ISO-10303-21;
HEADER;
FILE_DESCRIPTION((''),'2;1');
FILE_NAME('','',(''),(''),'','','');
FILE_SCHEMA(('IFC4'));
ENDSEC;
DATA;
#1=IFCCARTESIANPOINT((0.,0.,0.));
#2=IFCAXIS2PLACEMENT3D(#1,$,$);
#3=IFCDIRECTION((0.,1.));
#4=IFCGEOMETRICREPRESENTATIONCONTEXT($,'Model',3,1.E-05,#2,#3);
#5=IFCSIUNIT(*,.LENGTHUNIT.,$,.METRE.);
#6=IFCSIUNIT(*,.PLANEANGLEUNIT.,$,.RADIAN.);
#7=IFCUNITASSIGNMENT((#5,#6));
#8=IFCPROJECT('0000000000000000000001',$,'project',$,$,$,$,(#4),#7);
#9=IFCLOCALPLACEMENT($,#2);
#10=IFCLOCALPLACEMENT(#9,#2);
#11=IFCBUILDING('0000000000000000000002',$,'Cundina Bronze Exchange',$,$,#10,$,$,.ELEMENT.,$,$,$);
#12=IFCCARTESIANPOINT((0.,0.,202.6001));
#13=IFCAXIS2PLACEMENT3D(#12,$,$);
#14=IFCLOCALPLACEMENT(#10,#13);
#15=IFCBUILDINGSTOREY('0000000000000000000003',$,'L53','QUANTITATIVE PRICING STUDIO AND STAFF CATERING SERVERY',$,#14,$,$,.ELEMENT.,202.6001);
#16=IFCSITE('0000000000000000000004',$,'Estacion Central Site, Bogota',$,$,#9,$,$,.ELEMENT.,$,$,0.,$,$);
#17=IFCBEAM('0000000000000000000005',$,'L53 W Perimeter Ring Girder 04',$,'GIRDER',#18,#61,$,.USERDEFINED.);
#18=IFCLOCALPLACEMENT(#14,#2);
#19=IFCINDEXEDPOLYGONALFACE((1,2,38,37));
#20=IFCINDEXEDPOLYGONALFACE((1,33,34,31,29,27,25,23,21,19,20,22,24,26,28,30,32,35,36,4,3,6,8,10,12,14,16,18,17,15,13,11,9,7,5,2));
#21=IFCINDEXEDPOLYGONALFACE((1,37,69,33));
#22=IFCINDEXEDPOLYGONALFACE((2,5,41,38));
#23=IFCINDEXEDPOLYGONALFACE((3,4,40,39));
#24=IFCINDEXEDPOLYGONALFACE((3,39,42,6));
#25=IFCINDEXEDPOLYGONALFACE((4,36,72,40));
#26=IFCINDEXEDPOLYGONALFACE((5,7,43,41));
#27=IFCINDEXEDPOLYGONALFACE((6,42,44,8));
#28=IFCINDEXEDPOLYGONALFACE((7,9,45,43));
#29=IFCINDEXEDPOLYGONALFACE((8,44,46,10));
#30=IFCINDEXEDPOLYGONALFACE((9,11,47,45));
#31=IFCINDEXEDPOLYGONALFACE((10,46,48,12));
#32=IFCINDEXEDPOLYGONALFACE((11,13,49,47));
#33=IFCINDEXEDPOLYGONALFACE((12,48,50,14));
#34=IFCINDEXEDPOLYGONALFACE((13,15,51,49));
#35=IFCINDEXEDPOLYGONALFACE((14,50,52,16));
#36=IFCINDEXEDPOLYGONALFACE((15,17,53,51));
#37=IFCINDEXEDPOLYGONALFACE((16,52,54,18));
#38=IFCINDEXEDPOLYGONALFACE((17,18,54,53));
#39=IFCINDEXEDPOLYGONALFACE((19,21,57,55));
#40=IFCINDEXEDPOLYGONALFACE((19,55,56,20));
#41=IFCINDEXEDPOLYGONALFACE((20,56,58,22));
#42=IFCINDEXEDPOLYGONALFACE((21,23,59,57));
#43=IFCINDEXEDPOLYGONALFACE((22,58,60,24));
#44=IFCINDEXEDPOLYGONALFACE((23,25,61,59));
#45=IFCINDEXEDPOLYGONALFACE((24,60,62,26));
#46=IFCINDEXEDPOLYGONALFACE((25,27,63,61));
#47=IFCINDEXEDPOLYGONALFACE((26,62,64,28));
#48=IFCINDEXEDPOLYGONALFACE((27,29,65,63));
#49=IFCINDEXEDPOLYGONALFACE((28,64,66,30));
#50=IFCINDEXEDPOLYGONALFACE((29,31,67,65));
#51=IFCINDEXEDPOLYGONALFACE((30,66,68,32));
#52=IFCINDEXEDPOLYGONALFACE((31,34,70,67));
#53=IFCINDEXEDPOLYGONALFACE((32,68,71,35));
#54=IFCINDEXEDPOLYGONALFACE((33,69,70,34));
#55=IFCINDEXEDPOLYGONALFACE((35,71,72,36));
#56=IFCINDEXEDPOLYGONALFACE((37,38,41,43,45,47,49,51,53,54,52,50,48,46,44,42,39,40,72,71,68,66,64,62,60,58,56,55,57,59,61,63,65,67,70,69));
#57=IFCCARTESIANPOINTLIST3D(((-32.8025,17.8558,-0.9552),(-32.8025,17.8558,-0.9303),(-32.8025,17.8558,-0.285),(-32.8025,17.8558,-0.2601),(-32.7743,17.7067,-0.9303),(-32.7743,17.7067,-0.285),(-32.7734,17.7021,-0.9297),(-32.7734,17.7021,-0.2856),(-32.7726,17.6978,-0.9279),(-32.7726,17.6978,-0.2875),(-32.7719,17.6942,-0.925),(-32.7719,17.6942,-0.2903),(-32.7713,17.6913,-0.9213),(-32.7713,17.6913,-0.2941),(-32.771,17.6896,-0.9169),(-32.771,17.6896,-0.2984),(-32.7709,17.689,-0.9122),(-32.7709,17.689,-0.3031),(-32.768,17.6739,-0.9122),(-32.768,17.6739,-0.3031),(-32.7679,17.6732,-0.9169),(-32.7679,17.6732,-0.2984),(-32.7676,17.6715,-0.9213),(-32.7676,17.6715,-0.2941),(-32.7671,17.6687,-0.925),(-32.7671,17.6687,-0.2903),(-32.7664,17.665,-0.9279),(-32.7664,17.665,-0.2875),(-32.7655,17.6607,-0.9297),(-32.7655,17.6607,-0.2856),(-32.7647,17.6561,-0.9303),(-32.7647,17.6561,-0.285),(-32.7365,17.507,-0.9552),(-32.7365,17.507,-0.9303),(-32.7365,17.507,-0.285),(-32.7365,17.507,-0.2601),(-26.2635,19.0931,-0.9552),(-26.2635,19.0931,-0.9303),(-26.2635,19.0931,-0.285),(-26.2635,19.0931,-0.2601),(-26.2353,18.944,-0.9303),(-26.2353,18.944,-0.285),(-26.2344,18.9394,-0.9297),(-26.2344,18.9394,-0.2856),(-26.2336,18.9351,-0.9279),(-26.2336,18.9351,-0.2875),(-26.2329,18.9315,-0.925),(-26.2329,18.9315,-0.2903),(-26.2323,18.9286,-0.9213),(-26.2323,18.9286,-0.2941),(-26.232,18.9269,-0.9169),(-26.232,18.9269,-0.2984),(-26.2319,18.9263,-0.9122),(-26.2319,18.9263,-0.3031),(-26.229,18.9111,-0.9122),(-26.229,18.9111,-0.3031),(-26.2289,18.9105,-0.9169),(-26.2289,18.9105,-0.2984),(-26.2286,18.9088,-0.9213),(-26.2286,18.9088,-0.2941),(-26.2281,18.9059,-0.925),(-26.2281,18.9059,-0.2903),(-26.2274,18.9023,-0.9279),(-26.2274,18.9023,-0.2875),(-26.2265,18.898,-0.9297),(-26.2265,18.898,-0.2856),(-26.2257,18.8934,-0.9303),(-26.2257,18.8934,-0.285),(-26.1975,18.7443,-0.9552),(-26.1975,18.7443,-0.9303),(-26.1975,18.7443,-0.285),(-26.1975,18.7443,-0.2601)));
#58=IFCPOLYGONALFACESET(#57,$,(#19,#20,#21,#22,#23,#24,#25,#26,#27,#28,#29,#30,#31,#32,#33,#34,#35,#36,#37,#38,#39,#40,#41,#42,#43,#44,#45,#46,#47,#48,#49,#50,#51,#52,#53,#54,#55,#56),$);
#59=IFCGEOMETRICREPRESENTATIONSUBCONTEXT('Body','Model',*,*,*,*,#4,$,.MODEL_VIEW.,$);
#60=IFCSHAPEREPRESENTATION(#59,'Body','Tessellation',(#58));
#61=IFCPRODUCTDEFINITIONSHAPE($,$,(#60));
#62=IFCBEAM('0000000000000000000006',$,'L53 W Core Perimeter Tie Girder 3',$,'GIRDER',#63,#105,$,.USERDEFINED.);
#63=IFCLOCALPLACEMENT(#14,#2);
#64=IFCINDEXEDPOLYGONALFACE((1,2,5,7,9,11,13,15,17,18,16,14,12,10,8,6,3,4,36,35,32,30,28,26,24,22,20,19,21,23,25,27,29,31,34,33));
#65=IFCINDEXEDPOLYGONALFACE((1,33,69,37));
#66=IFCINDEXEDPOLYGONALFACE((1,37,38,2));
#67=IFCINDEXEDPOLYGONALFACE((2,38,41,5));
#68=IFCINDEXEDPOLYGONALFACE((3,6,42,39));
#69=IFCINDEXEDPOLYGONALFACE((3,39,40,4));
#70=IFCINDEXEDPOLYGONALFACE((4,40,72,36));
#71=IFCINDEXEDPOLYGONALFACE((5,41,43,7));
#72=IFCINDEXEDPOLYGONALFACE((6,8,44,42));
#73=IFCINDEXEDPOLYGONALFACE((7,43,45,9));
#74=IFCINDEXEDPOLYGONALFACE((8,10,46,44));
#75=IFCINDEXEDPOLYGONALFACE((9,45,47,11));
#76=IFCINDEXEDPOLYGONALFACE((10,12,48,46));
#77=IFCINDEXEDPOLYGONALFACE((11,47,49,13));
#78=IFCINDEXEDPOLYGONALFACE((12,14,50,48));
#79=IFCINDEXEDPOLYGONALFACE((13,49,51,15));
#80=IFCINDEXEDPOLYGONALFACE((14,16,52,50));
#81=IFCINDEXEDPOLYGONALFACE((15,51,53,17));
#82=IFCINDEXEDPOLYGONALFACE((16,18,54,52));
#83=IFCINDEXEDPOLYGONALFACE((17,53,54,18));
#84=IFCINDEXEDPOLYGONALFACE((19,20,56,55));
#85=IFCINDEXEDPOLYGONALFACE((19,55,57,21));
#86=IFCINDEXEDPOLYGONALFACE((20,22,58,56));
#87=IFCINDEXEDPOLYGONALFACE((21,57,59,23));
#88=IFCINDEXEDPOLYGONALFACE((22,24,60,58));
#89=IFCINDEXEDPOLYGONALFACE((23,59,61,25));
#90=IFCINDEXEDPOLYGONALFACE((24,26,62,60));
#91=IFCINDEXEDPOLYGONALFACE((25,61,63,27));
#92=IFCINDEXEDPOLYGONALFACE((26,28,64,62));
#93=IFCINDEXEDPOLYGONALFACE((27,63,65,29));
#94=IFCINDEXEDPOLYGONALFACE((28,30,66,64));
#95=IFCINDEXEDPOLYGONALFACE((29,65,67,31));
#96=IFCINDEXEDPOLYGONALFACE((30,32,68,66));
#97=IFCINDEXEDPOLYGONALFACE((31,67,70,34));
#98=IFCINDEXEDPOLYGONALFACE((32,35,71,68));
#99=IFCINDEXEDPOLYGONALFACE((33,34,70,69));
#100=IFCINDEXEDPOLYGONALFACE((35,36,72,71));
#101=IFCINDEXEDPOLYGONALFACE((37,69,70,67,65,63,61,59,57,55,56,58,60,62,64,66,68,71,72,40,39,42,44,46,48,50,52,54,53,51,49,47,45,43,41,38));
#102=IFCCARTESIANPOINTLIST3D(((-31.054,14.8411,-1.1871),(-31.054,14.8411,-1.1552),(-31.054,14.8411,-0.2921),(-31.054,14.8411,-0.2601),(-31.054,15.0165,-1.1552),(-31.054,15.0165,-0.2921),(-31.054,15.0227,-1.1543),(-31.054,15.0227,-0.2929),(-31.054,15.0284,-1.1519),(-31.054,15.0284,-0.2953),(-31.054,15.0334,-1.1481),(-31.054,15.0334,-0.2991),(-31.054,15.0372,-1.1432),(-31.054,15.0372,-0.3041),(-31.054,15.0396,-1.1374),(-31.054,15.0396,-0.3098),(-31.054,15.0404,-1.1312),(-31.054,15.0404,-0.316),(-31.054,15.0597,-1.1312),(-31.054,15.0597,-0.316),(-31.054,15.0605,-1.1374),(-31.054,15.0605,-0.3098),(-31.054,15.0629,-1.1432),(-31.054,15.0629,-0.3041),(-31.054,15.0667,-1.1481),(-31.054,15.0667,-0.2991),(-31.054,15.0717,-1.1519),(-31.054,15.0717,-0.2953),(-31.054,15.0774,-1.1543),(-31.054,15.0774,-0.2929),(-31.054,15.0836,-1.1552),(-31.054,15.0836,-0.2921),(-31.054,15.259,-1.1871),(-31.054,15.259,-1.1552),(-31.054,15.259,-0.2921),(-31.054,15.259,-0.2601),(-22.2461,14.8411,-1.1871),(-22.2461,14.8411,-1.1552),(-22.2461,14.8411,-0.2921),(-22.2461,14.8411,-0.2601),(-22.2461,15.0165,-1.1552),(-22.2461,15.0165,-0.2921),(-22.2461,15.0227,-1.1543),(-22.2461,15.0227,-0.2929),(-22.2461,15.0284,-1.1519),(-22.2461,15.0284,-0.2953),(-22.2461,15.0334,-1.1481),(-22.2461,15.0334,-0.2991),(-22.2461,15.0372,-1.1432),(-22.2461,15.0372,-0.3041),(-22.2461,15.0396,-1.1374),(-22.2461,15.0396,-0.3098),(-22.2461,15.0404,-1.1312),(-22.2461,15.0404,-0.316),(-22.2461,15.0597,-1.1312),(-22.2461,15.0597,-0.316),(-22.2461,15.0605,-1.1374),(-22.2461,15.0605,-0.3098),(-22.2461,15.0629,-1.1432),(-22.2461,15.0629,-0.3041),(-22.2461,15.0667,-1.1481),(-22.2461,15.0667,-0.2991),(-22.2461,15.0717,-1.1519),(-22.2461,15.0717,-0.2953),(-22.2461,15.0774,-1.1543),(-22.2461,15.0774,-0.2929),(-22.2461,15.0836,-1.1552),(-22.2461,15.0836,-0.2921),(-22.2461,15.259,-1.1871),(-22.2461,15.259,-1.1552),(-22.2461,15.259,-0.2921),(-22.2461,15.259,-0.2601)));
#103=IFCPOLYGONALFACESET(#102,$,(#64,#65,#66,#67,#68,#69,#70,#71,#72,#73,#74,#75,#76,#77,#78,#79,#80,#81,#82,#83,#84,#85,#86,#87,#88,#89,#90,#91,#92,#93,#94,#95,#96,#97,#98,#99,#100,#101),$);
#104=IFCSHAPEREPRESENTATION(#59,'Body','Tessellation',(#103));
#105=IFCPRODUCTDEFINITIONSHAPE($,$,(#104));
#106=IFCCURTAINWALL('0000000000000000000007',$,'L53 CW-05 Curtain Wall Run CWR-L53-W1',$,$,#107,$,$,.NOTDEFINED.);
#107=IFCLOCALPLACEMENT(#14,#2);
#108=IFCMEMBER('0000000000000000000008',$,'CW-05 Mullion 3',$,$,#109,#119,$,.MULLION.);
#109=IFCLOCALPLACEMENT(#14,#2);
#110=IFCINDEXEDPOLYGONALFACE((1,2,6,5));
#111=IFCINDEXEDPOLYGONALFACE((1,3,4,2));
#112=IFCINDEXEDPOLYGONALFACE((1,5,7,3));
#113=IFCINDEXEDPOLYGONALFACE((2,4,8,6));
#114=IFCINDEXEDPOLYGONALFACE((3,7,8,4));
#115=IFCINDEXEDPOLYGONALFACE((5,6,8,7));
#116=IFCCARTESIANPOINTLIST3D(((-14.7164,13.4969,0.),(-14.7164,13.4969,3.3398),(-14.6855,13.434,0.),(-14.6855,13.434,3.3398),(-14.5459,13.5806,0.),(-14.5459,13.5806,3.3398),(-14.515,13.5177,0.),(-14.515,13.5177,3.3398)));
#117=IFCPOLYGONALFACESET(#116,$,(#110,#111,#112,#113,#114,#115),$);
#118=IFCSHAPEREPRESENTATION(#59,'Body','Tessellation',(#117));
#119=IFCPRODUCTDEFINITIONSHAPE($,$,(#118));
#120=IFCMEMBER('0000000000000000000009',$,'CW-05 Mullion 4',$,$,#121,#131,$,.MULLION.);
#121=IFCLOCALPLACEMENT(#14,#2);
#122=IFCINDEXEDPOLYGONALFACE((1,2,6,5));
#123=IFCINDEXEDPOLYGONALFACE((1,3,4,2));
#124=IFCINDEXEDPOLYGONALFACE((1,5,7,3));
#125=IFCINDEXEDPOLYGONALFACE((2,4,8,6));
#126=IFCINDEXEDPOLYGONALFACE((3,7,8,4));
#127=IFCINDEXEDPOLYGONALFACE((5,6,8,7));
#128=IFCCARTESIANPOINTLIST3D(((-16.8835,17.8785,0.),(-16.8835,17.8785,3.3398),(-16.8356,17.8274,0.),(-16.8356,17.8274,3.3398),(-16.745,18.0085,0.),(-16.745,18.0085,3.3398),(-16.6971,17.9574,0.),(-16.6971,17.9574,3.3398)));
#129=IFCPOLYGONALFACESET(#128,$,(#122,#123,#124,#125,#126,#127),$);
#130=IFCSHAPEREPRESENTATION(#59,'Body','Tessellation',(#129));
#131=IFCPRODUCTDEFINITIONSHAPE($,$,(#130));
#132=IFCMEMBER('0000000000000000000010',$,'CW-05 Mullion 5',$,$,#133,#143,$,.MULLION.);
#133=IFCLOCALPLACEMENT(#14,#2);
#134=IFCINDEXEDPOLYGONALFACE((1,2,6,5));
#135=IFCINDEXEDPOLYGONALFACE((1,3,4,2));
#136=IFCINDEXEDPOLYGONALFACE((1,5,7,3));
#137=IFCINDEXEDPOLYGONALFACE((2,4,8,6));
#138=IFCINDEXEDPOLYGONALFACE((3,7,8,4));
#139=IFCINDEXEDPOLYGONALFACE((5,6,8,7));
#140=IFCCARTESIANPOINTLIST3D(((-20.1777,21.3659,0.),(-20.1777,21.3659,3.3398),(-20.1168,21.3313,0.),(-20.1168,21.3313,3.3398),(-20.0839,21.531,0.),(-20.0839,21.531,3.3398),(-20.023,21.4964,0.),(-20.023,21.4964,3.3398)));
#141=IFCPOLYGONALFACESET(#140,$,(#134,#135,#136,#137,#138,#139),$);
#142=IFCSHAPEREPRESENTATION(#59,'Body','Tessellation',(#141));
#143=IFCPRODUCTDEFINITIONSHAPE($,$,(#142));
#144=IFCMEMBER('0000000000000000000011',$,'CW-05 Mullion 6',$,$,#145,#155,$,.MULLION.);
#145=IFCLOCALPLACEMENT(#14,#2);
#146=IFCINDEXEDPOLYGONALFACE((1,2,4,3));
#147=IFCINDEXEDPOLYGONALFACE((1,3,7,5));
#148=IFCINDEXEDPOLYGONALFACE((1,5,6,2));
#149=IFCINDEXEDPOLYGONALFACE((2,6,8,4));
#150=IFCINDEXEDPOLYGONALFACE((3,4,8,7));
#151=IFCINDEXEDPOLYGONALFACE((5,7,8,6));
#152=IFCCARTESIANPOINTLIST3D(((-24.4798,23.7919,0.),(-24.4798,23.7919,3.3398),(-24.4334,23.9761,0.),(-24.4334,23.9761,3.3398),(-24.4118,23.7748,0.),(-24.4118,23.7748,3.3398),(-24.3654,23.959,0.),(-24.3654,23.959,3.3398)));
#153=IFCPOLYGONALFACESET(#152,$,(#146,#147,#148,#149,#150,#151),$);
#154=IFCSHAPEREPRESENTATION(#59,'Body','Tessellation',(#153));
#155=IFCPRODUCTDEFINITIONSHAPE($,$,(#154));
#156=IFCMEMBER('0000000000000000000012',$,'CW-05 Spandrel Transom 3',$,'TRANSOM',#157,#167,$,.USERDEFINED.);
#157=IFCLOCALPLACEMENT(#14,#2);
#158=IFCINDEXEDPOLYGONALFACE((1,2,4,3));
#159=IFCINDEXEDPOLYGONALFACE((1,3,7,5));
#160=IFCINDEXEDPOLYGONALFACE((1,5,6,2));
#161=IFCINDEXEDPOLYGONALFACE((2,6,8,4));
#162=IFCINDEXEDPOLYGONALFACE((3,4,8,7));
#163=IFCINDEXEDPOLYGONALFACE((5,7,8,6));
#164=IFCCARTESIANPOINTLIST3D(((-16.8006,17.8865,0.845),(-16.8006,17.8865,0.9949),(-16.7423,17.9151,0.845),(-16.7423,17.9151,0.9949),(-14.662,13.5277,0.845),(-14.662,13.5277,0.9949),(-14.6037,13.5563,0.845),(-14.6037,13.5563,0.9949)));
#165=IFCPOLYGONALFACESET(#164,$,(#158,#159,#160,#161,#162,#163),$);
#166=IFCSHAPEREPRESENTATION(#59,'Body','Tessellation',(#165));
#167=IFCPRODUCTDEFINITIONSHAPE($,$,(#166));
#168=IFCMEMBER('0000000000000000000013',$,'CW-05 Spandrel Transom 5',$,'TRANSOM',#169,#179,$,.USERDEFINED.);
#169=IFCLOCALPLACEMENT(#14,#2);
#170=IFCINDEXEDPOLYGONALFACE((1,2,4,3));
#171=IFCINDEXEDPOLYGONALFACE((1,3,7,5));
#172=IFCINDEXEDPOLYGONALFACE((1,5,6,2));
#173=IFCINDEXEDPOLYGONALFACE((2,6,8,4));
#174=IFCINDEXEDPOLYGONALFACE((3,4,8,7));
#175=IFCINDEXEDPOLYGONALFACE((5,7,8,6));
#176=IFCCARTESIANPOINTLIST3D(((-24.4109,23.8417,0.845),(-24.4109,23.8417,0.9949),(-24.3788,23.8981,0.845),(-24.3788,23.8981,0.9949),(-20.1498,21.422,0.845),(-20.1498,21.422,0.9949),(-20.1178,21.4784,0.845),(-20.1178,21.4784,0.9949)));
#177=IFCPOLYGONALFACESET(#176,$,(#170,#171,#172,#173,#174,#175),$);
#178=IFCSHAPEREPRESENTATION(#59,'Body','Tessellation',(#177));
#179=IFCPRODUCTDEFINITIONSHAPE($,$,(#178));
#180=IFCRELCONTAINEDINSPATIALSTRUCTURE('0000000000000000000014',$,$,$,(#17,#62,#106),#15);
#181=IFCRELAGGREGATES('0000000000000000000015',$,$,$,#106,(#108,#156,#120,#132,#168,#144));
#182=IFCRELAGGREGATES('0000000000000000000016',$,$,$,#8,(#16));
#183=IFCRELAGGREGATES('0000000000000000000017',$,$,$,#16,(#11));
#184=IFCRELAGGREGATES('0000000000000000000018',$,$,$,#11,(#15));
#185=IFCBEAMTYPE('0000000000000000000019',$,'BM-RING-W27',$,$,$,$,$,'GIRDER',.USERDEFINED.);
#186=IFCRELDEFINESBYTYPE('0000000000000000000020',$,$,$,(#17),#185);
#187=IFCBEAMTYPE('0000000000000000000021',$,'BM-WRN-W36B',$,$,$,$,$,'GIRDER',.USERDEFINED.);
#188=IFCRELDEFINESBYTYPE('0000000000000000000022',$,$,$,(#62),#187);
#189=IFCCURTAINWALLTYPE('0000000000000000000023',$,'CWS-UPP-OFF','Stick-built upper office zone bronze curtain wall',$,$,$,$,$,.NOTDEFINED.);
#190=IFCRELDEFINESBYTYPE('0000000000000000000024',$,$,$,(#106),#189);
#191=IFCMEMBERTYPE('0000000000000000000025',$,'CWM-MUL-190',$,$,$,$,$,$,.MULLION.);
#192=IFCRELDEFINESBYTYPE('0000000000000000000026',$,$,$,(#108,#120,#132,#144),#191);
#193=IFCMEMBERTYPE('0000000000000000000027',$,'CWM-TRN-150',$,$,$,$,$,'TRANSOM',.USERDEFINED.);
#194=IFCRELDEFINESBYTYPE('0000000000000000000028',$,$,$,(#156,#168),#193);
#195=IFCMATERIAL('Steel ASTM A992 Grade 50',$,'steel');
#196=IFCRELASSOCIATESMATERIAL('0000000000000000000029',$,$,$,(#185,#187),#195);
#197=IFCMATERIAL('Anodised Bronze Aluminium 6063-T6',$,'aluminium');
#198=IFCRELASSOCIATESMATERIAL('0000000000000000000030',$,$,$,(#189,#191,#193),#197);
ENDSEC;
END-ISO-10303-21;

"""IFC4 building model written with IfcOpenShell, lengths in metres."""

from ifc_helpers import new_model, si_unit, direction, frame, origin, origin_2d, place, context, subcontext, project, spatial, rectangle, i_section, extrude, material, material_profile, profile_set, type_object, element, aggregate, save


model = new_model("IFC4")

# Units and contexts
model_context = context("Model", 3, precision=1e-05, world=origin(), true_north=direction((0.0, 1.0)))
body_context = subcontext(model_context, "Body", "Model", "MODEL_VIEW")
ifc_project = project(units=[si_unit("LENGTHUNIT", "METRE"), si_unit("PLANEANGLEUNIT", "RADIAN")], contexts=[model_context])

# Site, building, storey
site_placement = place(None, origin())
site = spatial("IfcSite", under=ifc_project, at=site_placement, Name="Estacion Central Site, Bogota", CompositionType="ELEMENT", RefElevation=0.0)
building_placement = place(site_placement, origin())
building = spatial("IfcBuilding", under=site, at=building_placement, Name="Cundina Bronze Exchange", CompositionType="ELEMENT")
storey_placement = place(building_placement, frame((0.0, 0.0, 202.6001)))
storey = spatial("IfcBuildingStorey", under=building, at=storey_placement, Name="L53", Description="QUANTITATIVE PRICING STUDIO AND STAFF CATERING SERVERY", CompositionType="ELEMENT", Elevation=202.6001)

# Shared definitions
ifc_material_1 = material(Name="Steel ASTM A992 Grade 50", Category="steel")

# Beams
ifc_material_profile_1 = material_profile(ifc_material_1, i_section(OverallWidth=0.355, OverallDepth=0.6951, WebThickness=0.0154, FlangeThickness=0.0249, FilletRadius=0.0181, at=origin_2d()), Name="W27X146", Category="steel")
ifc_profile_set_1 = profile_set([ifc_material_profile_1], Name="Steel ASTM A992 Grade 50")
beam_type_1 = type_object("IfcBeamType", Name="BM-RING-W27", ElementType="GIRDER", PredefinedType="USERDEFINED", material=ifc_profile_set_1)
beam_1_placement = place(storey_placement, frame((-26.2305, 18.9187, -0.6077), z_axis=(-0.982565, -0.185918, 0.0), x_axis=(0.185918, -0.982565, 0.0)))
element("IfcBeam", 1, at=beam_1_placement, inside=storey, type_object=beam_type_1, Name="L53 W Perimeter Ring Girder 04", ObjectType="GIRDER", PredefinedType="USERDEFINED", context=body_context, shape_type="SweptSolid", body=[
    extrude(i_section(OverallWidth=0.355, OverallDepth=0.6951, WebThickness=0.0154, FlangeThickness=0.0249, FilletRadius=0.0181, at=origin_2d()), origin(), (0.0, 0.0, 1.0), 6.655),
])
ifc_material_profile_2 = material_profile(ifc_material_1, i_section(OverallWidth=0.418, OverallDepth=0.927, WebThickness=0.0193, FlangeThickness=0.032, FilletRadius=0.0239, at=origin_2d()), Name="W36X231", Category="steel")
ifc_profile_set_2 = profile_set([ifc_material_profile_2], Name="Steel ASTM A992 Grade 50")
beam_type_2 = type_object("IfcBeamType", Name="BM-WRN-W36B", ElementType="GIRDER", PredefinedType="USERDEFINED", material=ifc_profile_set_2)
beam_2_placement = place(storey_placement, frame((-22.2461, 15.05, -0.7236), z_axis=(-1.0, 0.0, 0.0), x_axis=(0.0, -1.0, 0.0)))
element("IfcBeam", 2, at=beam_2_placement, inside=storey, type_object=beam_type_2, Name="L53 W Core Perimeter Tie Girder 3", ObjectType="GIRDER", PredefinedType="USERDEFINED", context=body_context, shape_type="SweptSolid", body=[
    extrude(i_section(OverallWidth=0.418, OverallDepth=0.927, WebThickness=0.0193, FlangeThickness=0.032, FilletRadius=0.0239, at=origin_2d()), origin(), (0.0, 0.0, 1.0), 8.8079),
])

# Curtain wall, members
ifc_material_2 = material(Name="Anodised Bronze Aluminium 6063-T6", Category="aluminium")
curtain_wall_type = type_object("IfcCurtainWallType", Name="CWS-UPP-OFF", Description="Stick-built upper office zone bronze curtain wall", PredefinedType="NOTDEFINED", material=ifc_material_2)
curtain_wall_placement = place(storey_placement, origin())
curtain_wall = element("IfcCurtainWall", 3, at=curtain_wall_placement, inside=storey, type_object=curtain_wall_type, Name="L53 CW-05 Curtain Wall Run CWR-L53-W1", PredefinedType="NOTDEFINED")
ifc_material_profile_3 = material_profile(ifc_material_2, rectangle(XDim=0.0701, YDim=0.1899, at=origin_2d()), Name="AL70X190", Category="aluminium")
ifc_profile_set_3 = profile_set([ifc_material_profile_3], Name="Anodised Bronze Aluminium 6063-T6")
member_type_1 = type_object("IfcMemberType", Name="CWM-MUL-190", PredefinedType="MULLION", material=ifc_profile_set_3)
member_1_placement = place(storey_placement, frame((-14.6157, 13.5073, 0.0), z_axis=(0.0, 0.0, 1.0), x_axis=(-0.440566, 0.89772, 0.0)))
member_1 = element("IfcMember", 4, at=member_1_placement, type_object=member_type_1, Name="CW-05 Mullion 3", PredefinedType="MULLION", context=body_context, shape_type="SweptSolid", body=[
    extrude(rectangle(XDim=0.0701, YDim=0.1899, at=origin_2d()), origin(), (0.0, 0.0, 1.0), 3.3398),
])
member_2_placement = place(storey_placement, frame((-16.7903, 17.918, 0.0), z_axis=(0.0, 0.0, 1.0), x_axis=(-0.684293, 0.729208, 0.0)))
member_2 = element("IfcMember", 5, at=member_2_placement, type_object=member_type_1, Name="CW-05 Mullion 4", PredefinedType="MULLION", context=body_context, shape_type="SweptSolid", body=[
    extrude(rectangle(XDim=0.0701, YDim=0.1899, at=origin_2d()), origin(), (0.0, 0.0, 1.0), 3.3398),
])
member_3_placement = place(storey_placement, frame((-20.1003, 21.4312, 0.0), z_axis=(0.0, 0.0, 1.0), x_axis=(-0.869581, 0.49379, 0.0)))
member_3 = element("IfcMember", 6, at=member_3_placement, type_object=member_type_1, Name="CW-05 Mullion 5", PredefinedType="MULLION", context=body_context, shape_type="SweptSolid", body=[
    extrude(rectangle(XDim=0.0701, YDim=0.1899, at=origin_2d()), origin(), (0.0, 0.0, 1.0), 3.3398),
])
member_4_placement = place(storey_placement, frame((-24.4226, 23.8755, 0.0), z_axis=(0.0, 0.0, 1.0), x_axis=(-0.969744, 0.244123, 0.0)))
member_4 = element("IfcMember", 7, at=member_4_placement, type_object=member_type_1, Name="CW-05 Mullion 6", PredefinedType="MULLION", context=body_context, shape_type="SweptSolid", body=[
    extrude(rectangle(XDim=0.0701, YDim=0.1899, at=origin_2d()), origin(), (0.0, 0.0, 1.0), 3.3398),
])
ifc_material_profile_4 = material_profile(ifc_material_2, rectangle(XDim=0.0649, YDim=0.1499, at=origin_2d()), Name="AL65X150", Category="aluminium")
ifc_profile_set_4 = profile_set([ifc_material_profile_4], Name="Anodised Bronze Aluminium 6063-T6")
member_type_2 = type_object("IfcMemberType", Name="CWM-TRN-150", ElementType="TRANSOM", PredefinedType="USERDEFINED", material=ifc_profile_set_4)
member_5_placement = place(storey_placement, frame((-14.6328, 13.542, 0.9199), z_axis=(-0.440483, 0.897761, 0.0), x_axis=(-0.897761, -0.440483, 0.0)))
member_5 = element("IfcMember", 8, at=member_5_placement, type_object=member_type_2, Name="CW-05 Spandrel Transom 3", ObjectType="TRANSOM", PredefinedType="USERDEFINED", context=body_context, shape_type="SweptSolid", body=[
    extrude(rectangle(XDim=0.0649, YDim=0.1499, at=origin_2d()), origin(), (0.0, 0.0, 1.0), 4.8552),
])
member_6_placement = place(storey_placement, frame((-20.1338, 21.4502, 0.9199), z_axis=(-0.869574, 0.493803, 0.0), x_axis=(-0.493803, -0.869574, 0.0)))
member_6 = element("IfcMember", 9, at=member_6_placement, type_object=member_type_2, Name="CW-05 Spandrel Transom 5", ObjectType="TRANSOM", PredefinedType="USERDEFINED", context=body_context, shape_type="SweptSolid", body=[
    extrude(rectangle(XDim=0.0649, YDim=0.1499, at=origin_2d()), origin(), (0.0, 0.0, 1.0), 4.9001),
])
aggregate(curtain_wall, [member_1, member_5, member_2, member_3, member_6, member_4])

save(model, "model.ifc")
